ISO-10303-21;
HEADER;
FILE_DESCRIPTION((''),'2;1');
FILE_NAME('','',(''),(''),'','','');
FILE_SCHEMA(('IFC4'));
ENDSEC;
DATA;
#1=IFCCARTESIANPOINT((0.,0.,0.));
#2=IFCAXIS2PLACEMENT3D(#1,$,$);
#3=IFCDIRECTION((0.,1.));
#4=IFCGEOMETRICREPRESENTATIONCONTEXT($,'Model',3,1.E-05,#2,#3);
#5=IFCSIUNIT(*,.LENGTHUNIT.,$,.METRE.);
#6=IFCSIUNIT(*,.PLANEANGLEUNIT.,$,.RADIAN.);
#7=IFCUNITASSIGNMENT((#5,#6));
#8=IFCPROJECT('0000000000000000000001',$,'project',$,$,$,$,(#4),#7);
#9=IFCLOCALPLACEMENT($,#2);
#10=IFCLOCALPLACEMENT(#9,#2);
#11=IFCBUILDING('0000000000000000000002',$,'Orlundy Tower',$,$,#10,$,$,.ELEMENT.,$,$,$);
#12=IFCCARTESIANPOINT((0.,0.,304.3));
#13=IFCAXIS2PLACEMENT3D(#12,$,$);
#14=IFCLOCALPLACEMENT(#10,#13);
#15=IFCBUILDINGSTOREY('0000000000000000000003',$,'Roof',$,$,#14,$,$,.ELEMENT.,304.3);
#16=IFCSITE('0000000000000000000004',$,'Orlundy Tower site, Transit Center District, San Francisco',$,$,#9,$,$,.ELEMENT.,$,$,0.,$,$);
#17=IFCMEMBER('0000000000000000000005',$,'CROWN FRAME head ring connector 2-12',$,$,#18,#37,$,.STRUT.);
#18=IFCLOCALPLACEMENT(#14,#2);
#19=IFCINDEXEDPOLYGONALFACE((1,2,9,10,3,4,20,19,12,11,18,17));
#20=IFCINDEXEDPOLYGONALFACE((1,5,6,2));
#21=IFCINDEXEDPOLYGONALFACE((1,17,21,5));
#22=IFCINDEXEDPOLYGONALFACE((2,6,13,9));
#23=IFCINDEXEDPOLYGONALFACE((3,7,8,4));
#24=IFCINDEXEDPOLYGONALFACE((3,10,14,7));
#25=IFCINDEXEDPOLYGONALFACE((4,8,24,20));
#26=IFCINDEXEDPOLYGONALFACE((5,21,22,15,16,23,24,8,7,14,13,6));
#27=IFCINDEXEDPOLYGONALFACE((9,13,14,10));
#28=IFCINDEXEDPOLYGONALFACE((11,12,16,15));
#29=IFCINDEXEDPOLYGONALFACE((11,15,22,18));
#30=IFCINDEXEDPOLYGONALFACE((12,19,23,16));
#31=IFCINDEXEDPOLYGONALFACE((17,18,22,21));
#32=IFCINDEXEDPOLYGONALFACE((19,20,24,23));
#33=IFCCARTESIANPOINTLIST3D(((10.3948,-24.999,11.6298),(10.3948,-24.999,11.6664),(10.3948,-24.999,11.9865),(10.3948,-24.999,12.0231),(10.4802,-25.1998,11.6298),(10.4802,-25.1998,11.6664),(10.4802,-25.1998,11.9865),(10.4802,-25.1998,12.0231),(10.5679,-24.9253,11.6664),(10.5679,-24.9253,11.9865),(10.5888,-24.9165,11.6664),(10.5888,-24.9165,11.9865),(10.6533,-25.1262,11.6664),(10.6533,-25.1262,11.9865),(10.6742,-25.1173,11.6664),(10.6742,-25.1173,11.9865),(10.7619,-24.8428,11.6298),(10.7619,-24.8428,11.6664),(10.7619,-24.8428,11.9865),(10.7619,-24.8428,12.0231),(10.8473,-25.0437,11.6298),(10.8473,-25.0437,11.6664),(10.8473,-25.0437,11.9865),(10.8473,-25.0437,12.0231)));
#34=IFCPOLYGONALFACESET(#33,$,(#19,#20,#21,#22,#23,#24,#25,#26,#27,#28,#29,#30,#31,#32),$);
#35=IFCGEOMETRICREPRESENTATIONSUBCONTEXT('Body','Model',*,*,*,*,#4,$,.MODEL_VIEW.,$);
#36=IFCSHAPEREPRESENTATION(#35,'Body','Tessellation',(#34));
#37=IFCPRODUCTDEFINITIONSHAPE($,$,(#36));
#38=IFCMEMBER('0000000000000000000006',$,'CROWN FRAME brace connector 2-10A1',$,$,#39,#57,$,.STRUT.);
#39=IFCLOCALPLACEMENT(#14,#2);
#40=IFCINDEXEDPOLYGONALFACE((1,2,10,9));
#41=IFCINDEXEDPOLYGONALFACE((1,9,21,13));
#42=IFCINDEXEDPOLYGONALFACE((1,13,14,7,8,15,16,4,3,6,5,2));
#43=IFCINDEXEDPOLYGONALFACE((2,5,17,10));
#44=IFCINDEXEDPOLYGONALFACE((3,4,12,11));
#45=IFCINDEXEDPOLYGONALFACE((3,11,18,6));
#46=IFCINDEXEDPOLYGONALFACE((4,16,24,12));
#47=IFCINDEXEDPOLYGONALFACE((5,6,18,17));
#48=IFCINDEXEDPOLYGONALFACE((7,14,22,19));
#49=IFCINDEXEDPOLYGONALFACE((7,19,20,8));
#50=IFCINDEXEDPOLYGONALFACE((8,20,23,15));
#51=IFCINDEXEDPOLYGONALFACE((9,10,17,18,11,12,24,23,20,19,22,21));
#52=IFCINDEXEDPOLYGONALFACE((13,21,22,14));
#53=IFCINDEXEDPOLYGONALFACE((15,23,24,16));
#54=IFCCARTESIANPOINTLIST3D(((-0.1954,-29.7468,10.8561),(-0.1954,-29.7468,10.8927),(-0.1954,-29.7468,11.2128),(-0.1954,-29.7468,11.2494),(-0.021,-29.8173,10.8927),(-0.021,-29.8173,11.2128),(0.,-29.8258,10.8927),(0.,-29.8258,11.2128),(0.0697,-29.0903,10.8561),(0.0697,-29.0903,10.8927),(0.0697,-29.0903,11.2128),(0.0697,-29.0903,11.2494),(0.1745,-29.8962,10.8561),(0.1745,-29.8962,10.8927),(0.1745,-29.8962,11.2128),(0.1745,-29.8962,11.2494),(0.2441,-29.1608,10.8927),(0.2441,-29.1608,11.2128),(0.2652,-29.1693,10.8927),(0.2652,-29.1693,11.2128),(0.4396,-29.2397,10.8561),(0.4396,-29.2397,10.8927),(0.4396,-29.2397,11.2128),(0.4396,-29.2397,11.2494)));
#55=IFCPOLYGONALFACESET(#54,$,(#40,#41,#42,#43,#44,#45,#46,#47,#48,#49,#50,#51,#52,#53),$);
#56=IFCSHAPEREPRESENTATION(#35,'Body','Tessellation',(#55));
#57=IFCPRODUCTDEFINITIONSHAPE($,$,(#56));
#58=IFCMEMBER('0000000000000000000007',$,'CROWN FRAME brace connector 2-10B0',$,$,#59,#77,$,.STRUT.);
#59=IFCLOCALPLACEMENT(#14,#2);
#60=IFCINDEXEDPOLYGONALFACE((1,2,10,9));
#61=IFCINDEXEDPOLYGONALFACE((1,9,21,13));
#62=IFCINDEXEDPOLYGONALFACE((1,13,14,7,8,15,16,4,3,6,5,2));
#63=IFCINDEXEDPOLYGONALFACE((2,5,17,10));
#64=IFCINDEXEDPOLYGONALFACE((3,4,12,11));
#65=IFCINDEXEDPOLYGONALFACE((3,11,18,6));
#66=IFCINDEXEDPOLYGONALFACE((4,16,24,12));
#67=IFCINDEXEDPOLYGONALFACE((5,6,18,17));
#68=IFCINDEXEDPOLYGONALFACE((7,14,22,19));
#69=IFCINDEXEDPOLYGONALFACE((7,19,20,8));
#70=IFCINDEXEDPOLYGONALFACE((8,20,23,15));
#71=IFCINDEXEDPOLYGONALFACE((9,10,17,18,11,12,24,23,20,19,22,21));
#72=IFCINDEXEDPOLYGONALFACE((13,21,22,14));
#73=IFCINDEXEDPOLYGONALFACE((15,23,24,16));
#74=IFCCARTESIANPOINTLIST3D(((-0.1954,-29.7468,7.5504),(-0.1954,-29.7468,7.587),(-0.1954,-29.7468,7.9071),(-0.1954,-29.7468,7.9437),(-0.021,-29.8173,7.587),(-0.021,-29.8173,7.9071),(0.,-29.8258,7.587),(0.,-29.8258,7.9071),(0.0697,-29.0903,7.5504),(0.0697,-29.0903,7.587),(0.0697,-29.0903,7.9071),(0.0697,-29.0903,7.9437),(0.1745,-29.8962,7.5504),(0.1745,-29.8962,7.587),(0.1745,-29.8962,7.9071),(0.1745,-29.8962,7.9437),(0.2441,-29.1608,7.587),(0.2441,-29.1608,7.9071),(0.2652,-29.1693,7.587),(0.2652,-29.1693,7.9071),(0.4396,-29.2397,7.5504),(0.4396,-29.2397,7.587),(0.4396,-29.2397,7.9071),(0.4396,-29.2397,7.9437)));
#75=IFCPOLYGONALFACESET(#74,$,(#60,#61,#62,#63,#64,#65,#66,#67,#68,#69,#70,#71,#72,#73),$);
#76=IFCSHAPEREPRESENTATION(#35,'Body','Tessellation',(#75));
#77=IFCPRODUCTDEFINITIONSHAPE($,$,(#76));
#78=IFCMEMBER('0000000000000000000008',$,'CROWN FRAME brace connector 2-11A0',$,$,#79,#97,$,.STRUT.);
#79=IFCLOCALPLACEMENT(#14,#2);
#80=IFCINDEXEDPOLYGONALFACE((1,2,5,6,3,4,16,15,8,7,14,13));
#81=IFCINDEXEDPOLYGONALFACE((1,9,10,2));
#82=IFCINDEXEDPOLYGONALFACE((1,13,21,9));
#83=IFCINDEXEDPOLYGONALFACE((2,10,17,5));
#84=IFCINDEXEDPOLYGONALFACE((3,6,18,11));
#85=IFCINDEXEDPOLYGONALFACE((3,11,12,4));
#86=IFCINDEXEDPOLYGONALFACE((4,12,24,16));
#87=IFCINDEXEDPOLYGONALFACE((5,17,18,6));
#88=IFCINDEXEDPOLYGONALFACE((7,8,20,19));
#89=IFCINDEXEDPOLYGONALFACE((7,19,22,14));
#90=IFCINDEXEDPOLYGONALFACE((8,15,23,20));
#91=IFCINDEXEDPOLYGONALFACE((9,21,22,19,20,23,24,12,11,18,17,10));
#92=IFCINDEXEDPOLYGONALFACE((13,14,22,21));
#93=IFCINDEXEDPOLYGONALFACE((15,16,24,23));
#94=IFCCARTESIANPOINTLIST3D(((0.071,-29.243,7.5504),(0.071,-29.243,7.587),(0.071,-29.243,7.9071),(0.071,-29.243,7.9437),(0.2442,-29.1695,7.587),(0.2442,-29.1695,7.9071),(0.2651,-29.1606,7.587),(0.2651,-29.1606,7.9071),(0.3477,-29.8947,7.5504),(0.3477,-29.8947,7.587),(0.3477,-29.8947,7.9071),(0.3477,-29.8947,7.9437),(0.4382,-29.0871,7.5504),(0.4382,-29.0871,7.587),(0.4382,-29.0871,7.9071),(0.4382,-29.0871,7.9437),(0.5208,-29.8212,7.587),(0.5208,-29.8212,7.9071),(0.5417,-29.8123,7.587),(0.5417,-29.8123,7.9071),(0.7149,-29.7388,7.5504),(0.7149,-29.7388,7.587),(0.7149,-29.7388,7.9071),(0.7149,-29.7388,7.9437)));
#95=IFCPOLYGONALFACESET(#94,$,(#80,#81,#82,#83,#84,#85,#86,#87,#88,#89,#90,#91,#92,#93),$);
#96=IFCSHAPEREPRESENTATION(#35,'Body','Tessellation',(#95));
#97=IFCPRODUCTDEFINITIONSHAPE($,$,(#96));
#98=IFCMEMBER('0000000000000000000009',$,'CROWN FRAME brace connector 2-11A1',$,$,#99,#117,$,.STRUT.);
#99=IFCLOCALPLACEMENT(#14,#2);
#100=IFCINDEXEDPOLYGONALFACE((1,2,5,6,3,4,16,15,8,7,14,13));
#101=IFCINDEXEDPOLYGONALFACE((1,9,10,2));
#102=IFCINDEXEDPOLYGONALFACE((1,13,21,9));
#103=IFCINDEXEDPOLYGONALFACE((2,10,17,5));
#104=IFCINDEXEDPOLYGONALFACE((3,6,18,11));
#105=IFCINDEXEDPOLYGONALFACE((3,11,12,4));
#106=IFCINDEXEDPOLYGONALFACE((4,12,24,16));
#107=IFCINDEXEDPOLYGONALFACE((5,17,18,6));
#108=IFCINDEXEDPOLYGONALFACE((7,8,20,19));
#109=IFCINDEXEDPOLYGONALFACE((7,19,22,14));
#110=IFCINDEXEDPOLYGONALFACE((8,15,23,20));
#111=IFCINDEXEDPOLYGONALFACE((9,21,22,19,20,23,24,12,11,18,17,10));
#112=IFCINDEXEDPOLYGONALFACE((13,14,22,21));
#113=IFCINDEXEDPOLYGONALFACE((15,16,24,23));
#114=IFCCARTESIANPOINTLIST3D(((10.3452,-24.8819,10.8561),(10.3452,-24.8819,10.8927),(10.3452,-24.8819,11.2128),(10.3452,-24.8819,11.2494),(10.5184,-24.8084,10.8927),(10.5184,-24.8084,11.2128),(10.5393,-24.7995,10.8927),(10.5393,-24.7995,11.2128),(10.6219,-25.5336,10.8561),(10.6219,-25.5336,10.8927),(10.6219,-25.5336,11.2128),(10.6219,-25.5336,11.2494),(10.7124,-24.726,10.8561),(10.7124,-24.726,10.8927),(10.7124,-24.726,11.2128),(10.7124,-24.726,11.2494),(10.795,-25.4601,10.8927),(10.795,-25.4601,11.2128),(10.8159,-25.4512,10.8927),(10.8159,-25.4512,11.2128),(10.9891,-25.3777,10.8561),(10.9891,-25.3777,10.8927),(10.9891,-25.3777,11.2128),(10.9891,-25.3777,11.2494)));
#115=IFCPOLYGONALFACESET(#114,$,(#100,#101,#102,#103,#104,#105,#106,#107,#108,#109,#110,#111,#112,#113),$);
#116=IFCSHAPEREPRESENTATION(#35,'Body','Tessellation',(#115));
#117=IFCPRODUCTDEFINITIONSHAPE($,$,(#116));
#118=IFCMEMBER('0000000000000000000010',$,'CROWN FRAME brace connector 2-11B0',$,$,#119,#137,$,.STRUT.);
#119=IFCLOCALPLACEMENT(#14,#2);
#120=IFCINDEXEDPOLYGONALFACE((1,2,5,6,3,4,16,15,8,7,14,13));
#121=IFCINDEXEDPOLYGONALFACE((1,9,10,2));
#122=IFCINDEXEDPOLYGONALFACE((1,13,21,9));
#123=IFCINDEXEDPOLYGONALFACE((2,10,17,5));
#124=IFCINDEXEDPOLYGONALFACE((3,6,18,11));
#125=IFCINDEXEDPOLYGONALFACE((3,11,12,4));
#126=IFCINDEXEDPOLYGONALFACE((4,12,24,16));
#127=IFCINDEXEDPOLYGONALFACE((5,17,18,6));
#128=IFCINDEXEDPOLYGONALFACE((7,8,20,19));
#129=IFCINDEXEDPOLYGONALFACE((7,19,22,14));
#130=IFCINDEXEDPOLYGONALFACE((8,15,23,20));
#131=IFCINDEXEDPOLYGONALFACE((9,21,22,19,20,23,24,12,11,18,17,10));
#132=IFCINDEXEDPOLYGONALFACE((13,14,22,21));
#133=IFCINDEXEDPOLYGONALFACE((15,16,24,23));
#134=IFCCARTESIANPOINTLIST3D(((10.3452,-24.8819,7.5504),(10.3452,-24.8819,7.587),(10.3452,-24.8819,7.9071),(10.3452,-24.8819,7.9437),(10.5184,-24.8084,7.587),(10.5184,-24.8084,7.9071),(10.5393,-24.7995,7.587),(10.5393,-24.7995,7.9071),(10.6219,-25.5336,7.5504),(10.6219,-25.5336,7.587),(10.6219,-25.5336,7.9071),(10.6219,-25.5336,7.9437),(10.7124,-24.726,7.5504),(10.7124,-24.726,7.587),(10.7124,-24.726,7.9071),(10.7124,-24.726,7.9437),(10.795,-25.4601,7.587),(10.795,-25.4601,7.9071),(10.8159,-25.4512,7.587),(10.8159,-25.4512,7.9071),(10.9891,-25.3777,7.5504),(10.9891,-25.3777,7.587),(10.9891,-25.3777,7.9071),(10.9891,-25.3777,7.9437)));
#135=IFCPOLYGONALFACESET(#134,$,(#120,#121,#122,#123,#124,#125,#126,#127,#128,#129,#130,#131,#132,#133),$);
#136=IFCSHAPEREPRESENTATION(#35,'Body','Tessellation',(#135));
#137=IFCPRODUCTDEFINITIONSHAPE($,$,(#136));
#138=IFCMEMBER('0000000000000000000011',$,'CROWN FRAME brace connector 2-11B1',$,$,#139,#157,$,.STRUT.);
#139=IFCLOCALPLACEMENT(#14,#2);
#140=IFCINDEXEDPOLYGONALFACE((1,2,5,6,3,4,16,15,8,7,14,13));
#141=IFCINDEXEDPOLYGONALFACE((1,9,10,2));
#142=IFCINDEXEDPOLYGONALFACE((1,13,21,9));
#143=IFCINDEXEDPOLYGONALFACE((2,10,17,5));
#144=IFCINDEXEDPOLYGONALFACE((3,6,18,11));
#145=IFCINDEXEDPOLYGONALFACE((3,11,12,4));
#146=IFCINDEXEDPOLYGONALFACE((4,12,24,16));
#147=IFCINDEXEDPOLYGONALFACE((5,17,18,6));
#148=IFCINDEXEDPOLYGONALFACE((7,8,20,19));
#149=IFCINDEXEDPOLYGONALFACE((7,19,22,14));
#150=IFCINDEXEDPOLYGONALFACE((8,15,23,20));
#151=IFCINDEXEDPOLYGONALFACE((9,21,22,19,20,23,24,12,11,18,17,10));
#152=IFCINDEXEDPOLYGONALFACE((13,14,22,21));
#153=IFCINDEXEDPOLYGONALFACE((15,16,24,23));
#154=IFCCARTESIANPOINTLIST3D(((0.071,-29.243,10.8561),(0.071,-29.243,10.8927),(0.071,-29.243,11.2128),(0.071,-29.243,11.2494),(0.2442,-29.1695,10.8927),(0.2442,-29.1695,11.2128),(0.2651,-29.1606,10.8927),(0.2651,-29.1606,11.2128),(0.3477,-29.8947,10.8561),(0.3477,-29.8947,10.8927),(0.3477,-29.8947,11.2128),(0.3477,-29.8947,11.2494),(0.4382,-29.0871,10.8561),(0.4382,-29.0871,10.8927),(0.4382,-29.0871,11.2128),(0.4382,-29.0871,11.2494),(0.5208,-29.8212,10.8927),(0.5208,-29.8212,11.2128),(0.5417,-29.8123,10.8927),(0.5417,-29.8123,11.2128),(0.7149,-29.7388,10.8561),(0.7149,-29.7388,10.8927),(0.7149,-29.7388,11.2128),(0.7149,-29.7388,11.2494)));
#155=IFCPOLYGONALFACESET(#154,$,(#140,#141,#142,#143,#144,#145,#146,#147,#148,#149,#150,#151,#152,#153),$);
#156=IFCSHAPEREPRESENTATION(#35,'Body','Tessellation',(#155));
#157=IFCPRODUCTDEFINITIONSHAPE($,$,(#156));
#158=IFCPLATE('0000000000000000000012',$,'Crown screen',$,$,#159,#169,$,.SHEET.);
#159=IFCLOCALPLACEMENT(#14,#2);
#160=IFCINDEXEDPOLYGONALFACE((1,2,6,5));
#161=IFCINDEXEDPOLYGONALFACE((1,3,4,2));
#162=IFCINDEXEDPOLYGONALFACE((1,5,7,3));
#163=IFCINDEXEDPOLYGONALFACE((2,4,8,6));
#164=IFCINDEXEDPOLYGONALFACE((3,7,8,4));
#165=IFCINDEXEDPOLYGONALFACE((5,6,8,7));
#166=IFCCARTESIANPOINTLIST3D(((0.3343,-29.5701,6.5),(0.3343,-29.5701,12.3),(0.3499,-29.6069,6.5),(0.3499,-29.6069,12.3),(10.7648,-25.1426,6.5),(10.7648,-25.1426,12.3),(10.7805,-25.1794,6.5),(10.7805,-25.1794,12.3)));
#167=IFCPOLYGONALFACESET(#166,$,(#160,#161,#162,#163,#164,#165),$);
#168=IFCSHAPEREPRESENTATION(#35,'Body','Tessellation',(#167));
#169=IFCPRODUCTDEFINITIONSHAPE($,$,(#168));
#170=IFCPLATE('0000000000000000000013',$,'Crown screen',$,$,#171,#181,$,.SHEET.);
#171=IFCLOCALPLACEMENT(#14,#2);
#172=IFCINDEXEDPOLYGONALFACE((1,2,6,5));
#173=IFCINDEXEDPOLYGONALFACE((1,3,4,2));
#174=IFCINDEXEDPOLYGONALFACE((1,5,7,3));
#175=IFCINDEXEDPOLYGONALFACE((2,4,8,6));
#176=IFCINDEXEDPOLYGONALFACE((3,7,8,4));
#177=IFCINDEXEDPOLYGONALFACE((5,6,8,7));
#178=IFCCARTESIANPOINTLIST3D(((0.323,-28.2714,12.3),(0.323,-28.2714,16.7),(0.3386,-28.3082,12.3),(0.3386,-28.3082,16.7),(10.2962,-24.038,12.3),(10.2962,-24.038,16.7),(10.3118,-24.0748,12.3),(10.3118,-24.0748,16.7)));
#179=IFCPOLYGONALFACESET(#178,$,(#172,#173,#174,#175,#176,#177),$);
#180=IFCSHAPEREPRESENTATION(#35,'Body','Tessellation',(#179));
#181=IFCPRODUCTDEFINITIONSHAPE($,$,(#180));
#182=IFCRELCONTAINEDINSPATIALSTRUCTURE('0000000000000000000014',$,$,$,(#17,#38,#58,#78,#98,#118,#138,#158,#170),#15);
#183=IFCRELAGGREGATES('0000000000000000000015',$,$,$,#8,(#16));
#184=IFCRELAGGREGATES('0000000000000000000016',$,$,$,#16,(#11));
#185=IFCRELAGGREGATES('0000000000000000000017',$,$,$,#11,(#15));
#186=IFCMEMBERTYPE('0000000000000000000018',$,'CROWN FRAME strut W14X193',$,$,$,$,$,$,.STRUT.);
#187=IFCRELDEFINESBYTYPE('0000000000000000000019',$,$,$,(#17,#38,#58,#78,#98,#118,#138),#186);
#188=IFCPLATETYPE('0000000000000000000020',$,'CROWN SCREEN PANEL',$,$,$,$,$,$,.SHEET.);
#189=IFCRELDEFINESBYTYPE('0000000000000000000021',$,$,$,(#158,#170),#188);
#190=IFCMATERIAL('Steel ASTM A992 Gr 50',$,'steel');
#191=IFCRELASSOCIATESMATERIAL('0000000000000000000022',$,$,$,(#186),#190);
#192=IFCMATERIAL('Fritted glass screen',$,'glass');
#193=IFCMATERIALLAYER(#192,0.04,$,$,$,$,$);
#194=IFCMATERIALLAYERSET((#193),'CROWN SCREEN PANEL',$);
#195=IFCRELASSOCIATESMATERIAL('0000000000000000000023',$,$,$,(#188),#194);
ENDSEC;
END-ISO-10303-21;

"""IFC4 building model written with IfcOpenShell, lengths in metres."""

from ifc_helpers import new_model, si_unit, direction, frame, origin, origin_2d, place, context, subcontext, project, spatial, rectangle, i_section, extrude, material, layer, layer_set, material_profile, profile_set, type_object, element, save


model = new_model("IFC4")

# Units and contexts
model_context = context("Model", 3, precision=1e-05, world=origin(), true_north=direction((0.0, 1.0)))
body_context = subcontext(model_context, "Body", "Model", "MODEL_VIEW")
ifc_project = project(units=[si_unit("LENGTHUNIT", "METRE"), si_unit("PLANEANGLEUNIT", "RADIAN")], contexts=[model_context])

# Site, building, storey
site_placement = place(None, origin())
site = spatial("IfcSite", under=ifc_project, at=site_placement, Name="Orlundy Tower site, Transit Center District, San Francisco", CompositionType="ELEMENT", RefElevation=0.0)
building_placement = place(site_placement, origin())
building = spatial("IfcBuilding", under=site, at=building_placement, Name="Orlundy Tower", CompositionType="ELEMENT")
storey_placement = place(building_placement, frame((0.0, 0.0, 304.3)))
storey = spatial("IfcBuildingStorey", under=building, at=storey_placement, Name="Roof", CompositionType="ELEMENT", Elevation=304.3)

# Members
ifc_material_1 = material(Name="Steel ASTM A992 Gr 50", Category="steel")
ifc_material_profile_1 = material_profile(ifc_material_1, i_section(OverallWidth=0.3989, OverallDepth=0.3933, WebThickness=0.0227, FlangeThickness=0.0366, at=origin_2d()), Name="W14X193")
ifc_profile_set_1 = profile_set([ifc_material_profile_1], Name="Steel ASTM A992 Gr 50")
member_type_1 = type_object("IfcMemberType", Name="CROWN FRAME strut W14X193", PredefinedType="STRUT", material=ifc_profile_set_1)
member_1_placement = place(storey_placement, frame((10.5784, -24.9209, 11.8264), z_axis=(0.391354, -0.92024, 0.0), x_axis=(0.92024, 0.391354, 0.0)))
element("IfcMember", 1, at=member_1_placement, inside=storey, type_object=member_type_1, Name="CROWN FRAME head ring connector 2-12", PredefinedType="STRUT", context=body_context, shape_type="SweptSolid", body=[
    extrude(i_section(OverallWidth=0.3989, OverallDepth=0.3933, WebThickness=0.0227, FlangeThickness=0.0366, at=origin_2d()), origin(), (0.0, 0.0, 1.0), 0.2183),
])
for number, where, z_axis, x_axis, name in (
    (2, (0.2546, -29.165, 11.0527), (-0.37448, -0.927235, 0.0), (0.927235, -0.37448, 0.0), "CROWN FRAME brace connector 2-10A1"),
    (3, (0.2546, -29.165, 7.7471), (-0.37448, -0.927235, 0.0), (0.927235, -0.37448, 0.0), "CROWN FRAME brace connector 2-10B0"),
    (4, (0.2546, -29.165, 7.7471), (0.390754, -0.920495, 0.0), (0.920495, 0.390754, 0.0), "CROWN FRAME brace connector 2-11A0"),
    (5, (10.5288, -24.804, 11.0527), (0.390754, -0.920495, 0.0), (0.920495, 0.390754, 0.0), "CROWN FRAME brace connector 2-11A1"),
    (6, (10.5288, -24.804, 7.7471), (0.390754, -0.920495, 0.0), (0.920495, 0.390754, 0.0), "CROWN FRAME brace connector 2-11B0"),
    (7, (0.2546, -29.165, 11.0527), (0.390754, -0.920495, 0.0), (0.920495, 0.390754, 0.0), "CROWN FRAME brace connector 2-11B1"),
):
    element("IfcMember", number, at=place(storey_placement, frame(where, z_axis=z_axis, x_axis=x_axis)), inside=storey, type_object=member_type_1, Name=name, PredefinedType="STRUT", context=body_context, shape_type="SweptSolid", body=[
        extrude(i_section(OverallWidth=0.3989, OverallDepth=0.3933, WebThickness=0.0227, FlangeThickness=0.0366, at=origin_2d()), origin(), (0.0, 0.0, 1.0), 0.708),
    ])

# Plates
ifc_material_2 = material(Name="Fritted glass screen", Category="glass")
ifc_layer = layer(ifc_material_2, 0.04)
ifc_layer_set = layer_set([ifc_layer], Name="CROWN SCREEN PANEL")
plate_type = type_object("IfcPlateType", Name="CROWN SCREEN PANEL", PredefinedType="SHEET", material=ifc_layer_set)
plate_1_placement = place(storey_placement, frame((5.5574, -27.3748, 6.5), z_axis=(0.0, 0.0, 1.0), x_axis=(0.920505, 0.390731, 0.0)))
element("IfcPlate", 8, at=plate_1_placement, inside=storey, type_object=plate_type, Name="Crown screen", PredefinedType="SHEET", context=body_context, shape_type="SweptSolid", body=[
    extrude(rectangle(XDim=11.3313, YDim=0.04, at=origin_2d()), origin(), (0.0, 0.0, 1.0), 5.8),
])
plate_2_placement = place(storey_placement, frame((5.3174, -26.1731, 12.3), z_axis=(0.0, 0.0, 1.0), x_axis=(0.920505, 0.390731, 0.0)))
element("IfcPlate", 9, at=plate_2_placement, inside=storey, type_object=plate_type, Name="Crown screen", PredefinedType="SHEET", context=body_context, shape_type="SweptSolid", body=[
    extrude(rectangle(XDim=10.8345, YDim=0.04, at=origin_2d()), origin(), (0.0, 0.0, 1.0), 4.3999),
])

save(model, "model.ifc")
